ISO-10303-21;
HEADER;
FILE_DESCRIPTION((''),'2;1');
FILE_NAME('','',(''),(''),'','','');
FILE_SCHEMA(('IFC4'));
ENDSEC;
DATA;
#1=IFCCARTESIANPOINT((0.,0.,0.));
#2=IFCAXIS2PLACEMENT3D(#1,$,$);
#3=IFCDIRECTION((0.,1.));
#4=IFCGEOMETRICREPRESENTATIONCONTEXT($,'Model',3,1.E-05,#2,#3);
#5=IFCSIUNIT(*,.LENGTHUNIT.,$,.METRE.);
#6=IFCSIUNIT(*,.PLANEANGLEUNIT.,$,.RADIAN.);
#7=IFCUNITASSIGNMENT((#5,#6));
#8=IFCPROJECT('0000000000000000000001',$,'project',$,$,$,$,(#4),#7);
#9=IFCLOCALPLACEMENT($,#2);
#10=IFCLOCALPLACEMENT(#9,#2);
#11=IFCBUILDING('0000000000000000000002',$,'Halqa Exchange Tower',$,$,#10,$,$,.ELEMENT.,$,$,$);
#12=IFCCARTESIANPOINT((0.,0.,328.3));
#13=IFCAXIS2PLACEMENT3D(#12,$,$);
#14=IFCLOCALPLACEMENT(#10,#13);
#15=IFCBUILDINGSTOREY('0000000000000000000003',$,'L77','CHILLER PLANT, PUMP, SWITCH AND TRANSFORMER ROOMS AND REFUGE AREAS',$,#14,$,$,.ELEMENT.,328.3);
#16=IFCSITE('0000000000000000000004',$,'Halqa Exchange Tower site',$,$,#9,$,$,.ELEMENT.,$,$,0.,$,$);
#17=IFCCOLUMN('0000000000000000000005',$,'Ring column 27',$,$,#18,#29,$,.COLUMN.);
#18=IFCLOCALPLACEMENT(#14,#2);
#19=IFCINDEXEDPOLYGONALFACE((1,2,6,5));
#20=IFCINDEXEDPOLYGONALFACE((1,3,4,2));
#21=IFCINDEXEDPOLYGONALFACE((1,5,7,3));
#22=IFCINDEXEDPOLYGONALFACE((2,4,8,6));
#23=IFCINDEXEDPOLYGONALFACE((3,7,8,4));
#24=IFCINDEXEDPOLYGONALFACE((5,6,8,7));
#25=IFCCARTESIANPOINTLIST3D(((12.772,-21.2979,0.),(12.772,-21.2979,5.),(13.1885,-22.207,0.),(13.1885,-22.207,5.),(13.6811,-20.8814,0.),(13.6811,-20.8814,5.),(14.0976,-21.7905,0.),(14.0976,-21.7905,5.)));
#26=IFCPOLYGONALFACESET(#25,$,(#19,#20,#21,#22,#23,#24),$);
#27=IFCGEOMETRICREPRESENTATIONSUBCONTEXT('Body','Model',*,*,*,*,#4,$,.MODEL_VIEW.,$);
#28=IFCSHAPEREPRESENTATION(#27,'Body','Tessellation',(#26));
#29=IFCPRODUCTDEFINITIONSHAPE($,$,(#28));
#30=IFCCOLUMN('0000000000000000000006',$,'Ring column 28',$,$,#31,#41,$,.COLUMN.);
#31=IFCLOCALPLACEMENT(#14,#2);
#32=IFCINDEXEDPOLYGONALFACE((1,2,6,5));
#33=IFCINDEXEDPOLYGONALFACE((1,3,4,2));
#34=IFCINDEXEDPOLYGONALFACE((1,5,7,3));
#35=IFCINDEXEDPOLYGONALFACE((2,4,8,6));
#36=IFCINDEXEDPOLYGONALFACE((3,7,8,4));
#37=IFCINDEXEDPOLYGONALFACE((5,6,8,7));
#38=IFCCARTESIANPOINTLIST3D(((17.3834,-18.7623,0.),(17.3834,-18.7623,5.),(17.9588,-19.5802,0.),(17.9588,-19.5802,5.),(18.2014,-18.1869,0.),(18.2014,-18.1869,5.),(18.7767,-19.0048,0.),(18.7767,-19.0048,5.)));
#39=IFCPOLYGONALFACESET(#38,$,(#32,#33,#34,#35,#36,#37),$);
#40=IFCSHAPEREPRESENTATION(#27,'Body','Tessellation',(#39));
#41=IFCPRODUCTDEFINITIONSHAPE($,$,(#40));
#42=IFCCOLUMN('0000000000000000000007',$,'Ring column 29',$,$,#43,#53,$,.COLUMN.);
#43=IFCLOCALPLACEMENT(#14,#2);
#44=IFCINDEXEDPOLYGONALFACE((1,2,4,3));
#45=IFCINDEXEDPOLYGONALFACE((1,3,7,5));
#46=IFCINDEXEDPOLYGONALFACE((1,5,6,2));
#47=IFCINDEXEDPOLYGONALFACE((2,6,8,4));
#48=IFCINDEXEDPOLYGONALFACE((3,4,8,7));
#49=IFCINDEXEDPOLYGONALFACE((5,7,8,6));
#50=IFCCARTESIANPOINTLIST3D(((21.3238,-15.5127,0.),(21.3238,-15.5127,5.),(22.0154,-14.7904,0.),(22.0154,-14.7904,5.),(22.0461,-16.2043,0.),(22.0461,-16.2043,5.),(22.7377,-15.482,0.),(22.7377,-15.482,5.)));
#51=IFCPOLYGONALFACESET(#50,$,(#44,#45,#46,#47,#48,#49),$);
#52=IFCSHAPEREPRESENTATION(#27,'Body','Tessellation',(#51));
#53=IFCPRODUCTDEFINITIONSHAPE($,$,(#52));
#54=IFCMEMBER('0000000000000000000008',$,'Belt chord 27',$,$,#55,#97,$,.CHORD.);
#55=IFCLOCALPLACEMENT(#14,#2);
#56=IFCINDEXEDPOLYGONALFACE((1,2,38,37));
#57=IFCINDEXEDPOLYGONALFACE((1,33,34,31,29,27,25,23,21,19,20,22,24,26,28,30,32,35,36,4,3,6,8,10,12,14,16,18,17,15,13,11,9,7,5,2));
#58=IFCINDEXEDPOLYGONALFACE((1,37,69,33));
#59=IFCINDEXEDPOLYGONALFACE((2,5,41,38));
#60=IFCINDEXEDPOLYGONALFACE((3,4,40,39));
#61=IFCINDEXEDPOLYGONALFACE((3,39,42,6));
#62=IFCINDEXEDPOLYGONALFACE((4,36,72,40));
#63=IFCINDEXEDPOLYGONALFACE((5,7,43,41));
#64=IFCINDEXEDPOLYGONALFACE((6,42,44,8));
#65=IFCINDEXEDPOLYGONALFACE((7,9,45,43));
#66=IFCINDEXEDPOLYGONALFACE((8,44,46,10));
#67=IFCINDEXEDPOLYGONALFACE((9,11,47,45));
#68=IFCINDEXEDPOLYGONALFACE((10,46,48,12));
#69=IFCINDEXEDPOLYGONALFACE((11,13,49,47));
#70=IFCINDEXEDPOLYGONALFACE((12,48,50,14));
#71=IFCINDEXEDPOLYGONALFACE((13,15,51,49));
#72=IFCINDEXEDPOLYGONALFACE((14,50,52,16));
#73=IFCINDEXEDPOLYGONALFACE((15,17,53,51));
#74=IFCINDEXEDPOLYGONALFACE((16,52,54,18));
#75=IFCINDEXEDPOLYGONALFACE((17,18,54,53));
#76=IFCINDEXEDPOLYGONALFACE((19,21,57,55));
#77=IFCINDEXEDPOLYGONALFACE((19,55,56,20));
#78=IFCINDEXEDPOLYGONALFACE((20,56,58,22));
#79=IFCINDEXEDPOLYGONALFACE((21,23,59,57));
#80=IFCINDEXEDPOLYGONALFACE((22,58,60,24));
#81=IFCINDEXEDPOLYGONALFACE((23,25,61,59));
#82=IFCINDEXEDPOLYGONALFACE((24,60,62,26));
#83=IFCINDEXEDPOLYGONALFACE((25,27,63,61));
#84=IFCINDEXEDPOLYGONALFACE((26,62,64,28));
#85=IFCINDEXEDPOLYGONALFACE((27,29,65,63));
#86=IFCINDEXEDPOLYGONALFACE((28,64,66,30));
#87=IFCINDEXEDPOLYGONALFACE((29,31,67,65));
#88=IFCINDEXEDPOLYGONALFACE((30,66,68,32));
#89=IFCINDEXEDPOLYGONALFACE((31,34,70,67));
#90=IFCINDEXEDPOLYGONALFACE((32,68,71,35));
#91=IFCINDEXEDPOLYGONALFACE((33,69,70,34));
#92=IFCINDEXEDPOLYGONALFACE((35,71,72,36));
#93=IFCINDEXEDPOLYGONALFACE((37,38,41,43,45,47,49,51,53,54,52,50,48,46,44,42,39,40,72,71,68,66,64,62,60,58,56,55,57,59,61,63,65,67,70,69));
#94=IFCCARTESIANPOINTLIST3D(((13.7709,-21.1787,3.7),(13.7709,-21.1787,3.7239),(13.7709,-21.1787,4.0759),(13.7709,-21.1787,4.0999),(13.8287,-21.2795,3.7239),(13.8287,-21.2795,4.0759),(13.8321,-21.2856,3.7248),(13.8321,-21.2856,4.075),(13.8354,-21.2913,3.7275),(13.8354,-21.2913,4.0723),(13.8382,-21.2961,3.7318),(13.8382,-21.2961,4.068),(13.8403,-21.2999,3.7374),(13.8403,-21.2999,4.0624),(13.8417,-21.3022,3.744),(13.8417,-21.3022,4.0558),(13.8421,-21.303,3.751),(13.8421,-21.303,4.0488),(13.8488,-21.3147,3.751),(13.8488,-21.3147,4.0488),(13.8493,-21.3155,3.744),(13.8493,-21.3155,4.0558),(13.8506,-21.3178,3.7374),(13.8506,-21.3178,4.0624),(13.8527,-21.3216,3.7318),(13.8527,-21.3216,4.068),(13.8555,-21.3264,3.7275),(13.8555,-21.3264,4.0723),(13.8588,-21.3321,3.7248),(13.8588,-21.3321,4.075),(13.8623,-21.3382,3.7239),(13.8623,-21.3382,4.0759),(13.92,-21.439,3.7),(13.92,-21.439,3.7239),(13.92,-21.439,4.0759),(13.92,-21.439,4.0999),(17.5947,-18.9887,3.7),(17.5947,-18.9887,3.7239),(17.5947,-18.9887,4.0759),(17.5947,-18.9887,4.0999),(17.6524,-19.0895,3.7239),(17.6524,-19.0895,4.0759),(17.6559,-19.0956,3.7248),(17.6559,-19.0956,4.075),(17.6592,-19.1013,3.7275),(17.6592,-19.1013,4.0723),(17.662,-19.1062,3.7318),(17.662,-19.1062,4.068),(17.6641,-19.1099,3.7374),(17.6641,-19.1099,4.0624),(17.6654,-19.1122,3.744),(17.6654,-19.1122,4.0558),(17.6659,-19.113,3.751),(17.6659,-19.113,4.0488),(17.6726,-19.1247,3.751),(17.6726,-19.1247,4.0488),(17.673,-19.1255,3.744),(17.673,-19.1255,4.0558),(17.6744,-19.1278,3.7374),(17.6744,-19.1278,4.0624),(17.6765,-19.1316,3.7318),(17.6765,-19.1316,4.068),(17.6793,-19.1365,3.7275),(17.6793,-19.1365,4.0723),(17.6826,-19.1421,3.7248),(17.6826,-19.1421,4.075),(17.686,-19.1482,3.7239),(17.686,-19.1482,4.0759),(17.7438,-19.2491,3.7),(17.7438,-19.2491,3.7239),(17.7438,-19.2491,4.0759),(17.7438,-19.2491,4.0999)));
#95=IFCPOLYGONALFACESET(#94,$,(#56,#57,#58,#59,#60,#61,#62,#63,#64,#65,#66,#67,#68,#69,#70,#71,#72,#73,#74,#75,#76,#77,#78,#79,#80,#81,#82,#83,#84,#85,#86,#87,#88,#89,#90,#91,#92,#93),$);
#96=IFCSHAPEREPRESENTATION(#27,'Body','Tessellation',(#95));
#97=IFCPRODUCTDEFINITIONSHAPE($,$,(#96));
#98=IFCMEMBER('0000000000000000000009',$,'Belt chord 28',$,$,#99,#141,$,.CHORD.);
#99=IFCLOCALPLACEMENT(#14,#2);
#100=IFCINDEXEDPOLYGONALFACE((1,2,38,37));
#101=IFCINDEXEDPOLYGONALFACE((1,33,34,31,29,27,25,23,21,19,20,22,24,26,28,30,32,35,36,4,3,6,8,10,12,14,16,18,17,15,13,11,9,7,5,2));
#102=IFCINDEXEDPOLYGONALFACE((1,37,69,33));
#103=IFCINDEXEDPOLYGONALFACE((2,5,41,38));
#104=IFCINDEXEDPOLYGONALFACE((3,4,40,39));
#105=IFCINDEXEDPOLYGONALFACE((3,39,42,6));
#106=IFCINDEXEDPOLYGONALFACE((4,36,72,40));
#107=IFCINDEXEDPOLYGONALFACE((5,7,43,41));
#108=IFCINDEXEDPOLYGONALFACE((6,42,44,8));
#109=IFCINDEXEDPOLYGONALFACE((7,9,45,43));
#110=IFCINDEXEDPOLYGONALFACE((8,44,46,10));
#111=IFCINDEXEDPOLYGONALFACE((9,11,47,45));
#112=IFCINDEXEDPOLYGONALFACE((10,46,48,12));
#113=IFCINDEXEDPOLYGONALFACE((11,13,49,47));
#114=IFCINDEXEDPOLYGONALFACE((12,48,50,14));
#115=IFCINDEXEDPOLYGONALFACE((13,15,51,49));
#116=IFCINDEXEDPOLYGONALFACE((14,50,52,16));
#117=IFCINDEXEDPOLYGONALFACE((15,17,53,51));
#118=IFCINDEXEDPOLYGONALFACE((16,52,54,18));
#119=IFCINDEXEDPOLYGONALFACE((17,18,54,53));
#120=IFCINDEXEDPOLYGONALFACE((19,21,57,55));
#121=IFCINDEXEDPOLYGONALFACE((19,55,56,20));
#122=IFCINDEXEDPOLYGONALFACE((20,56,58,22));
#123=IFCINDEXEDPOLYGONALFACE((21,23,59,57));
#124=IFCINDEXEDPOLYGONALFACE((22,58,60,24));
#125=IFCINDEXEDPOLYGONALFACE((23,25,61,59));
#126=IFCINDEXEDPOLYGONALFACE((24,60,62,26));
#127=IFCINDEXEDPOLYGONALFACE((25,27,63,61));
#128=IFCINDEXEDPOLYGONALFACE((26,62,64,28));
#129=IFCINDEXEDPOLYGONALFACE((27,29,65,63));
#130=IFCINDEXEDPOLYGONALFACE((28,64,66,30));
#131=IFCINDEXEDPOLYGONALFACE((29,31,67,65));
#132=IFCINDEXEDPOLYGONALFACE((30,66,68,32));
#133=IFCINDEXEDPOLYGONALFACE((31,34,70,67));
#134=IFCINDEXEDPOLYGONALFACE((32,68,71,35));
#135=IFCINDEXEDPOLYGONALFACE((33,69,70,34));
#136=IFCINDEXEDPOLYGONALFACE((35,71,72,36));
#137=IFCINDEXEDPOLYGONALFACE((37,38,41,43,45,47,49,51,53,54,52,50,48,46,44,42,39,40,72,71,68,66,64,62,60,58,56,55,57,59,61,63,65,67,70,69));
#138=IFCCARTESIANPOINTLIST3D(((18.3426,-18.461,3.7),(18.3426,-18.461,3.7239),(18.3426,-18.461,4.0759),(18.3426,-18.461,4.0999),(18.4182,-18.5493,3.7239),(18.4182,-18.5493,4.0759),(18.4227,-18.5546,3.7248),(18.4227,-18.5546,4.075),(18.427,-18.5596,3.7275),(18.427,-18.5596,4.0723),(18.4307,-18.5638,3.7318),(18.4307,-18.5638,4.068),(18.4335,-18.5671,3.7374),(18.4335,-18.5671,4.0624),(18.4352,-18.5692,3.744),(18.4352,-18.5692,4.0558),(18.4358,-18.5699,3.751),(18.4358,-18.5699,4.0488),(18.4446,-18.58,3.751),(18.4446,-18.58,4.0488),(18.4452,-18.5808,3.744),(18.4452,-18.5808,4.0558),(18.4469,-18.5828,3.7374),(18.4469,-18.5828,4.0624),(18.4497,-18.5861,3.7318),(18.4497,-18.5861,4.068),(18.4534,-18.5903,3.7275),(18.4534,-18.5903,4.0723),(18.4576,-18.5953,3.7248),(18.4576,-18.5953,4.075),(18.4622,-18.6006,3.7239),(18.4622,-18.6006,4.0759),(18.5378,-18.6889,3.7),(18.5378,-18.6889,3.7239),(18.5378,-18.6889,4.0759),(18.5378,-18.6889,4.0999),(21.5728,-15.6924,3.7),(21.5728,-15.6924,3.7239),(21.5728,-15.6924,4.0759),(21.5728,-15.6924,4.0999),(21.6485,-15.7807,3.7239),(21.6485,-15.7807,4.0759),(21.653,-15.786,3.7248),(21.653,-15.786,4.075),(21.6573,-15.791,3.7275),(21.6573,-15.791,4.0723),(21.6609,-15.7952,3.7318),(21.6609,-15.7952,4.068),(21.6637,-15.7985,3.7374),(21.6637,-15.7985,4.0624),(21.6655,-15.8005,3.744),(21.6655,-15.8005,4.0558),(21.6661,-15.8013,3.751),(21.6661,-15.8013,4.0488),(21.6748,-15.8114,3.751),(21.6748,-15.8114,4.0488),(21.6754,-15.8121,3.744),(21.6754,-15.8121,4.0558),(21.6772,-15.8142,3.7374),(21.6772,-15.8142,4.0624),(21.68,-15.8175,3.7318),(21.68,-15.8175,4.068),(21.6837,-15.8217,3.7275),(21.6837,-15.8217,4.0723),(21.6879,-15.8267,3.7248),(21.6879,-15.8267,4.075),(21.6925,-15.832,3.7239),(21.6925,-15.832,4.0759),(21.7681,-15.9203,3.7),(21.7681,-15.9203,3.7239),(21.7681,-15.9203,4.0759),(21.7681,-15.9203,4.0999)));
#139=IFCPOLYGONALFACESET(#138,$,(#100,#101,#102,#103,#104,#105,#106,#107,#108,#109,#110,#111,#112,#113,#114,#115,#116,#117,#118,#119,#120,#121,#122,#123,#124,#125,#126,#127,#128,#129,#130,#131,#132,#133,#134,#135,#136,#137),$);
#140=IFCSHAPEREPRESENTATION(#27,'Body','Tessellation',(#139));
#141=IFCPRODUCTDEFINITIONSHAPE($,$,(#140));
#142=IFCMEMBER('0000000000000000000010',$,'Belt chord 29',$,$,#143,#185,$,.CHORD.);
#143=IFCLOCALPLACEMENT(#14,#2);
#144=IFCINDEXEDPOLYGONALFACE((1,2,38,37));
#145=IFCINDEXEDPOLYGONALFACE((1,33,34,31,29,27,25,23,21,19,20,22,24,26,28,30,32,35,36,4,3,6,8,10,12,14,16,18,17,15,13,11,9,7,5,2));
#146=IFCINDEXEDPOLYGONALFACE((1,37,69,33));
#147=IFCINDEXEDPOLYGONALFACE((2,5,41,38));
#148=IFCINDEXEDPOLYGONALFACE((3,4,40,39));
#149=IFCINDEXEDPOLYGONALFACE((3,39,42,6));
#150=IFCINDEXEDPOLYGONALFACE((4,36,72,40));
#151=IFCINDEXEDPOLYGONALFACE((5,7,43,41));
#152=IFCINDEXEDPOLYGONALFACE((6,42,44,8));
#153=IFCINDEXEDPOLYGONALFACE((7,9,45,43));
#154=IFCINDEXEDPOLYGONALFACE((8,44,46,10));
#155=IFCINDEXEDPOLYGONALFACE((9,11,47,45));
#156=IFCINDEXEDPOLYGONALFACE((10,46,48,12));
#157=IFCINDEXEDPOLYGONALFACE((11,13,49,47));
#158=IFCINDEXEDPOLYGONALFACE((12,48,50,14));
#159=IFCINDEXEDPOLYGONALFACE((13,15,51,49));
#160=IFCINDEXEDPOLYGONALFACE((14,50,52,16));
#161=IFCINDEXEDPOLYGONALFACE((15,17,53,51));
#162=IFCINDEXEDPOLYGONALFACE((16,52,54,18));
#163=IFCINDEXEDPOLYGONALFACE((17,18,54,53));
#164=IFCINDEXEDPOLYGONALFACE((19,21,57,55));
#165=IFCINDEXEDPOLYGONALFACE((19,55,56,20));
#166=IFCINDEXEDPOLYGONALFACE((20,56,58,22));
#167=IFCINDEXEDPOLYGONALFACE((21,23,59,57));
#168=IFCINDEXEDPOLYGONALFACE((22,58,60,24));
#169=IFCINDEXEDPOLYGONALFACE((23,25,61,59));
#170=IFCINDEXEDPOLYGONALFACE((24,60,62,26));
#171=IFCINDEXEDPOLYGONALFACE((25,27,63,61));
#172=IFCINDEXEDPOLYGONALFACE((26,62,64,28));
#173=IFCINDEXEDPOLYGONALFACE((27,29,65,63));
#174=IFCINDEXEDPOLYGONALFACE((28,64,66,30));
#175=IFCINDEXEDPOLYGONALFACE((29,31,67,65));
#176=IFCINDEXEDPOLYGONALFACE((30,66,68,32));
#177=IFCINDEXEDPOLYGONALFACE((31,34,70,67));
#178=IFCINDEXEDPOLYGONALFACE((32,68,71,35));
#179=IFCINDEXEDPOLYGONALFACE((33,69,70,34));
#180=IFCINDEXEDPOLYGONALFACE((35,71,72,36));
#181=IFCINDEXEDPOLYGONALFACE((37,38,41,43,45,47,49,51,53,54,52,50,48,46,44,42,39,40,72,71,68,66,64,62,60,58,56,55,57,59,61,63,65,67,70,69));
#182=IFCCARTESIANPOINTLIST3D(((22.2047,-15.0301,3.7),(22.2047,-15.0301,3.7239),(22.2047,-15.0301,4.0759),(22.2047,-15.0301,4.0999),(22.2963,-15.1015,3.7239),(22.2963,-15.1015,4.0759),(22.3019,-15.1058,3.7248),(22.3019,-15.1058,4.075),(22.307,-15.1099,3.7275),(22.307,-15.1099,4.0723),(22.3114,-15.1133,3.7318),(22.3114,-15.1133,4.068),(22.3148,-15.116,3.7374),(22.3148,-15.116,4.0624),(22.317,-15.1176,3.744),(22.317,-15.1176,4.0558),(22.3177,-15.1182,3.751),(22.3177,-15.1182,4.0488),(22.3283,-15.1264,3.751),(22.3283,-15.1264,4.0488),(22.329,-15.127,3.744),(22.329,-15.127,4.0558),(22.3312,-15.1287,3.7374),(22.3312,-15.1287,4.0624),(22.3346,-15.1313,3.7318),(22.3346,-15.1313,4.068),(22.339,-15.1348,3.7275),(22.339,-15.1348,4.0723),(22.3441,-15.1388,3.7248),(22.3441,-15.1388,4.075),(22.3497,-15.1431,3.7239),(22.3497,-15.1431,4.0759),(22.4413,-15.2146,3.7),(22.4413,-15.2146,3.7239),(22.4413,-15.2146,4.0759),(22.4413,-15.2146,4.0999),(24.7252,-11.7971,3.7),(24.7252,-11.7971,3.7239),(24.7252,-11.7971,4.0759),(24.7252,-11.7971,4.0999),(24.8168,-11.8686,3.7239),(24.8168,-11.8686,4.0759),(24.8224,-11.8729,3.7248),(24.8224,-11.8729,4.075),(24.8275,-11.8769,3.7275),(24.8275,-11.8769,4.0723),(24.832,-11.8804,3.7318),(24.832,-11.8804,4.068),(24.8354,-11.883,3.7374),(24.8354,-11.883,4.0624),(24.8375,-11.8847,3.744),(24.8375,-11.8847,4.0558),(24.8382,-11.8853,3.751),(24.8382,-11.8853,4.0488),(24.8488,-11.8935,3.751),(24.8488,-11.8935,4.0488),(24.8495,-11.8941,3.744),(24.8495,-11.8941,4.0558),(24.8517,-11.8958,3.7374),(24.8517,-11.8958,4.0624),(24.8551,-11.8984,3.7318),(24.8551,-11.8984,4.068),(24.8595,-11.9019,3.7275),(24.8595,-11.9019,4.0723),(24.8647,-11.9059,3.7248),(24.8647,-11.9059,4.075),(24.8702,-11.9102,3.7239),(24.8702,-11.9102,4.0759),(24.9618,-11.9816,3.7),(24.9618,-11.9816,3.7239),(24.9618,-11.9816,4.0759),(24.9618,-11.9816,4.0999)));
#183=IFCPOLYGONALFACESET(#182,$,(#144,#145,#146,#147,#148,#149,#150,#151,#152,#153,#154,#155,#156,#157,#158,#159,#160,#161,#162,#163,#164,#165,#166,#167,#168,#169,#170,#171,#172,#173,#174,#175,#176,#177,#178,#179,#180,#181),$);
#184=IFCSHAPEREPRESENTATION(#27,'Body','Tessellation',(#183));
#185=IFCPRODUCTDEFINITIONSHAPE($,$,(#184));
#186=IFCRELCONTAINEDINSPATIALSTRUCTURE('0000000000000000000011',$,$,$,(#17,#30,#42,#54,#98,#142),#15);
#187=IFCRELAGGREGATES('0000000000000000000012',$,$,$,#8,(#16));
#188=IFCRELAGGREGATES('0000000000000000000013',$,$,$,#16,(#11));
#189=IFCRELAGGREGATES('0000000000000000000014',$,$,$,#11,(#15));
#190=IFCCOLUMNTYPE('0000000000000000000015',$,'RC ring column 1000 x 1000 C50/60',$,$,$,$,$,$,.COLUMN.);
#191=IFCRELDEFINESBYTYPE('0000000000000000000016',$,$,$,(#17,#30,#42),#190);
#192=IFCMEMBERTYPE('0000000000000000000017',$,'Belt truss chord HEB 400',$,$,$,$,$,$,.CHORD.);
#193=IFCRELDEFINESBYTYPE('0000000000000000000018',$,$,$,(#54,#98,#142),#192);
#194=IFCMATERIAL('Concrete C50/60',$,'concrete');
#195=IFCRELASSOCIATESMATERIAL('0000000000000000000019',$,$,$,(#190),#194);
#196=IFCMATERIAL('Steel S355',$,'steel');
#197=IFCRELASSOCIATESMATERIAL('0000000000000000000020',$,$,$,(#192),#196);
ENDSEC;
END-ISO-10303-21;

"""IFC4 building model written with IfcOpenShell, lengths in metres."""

from ifc_helpers import new_model, si_unit, direction, frame, origin, origin_2d, place, context, subcontext, project, spatial, rectangle, i_section, extrude, material, material_profile, profile_set, type_object, element, save


model = new_model("IFC4")

# Units and contexts
model_context = context("Model", 3, precision=1e-05, world=origin(), true_north=direction((0.0, 1.0)))
body_context = subcontext(model_context, "Body", "Model", "MODEL_VIEW")
ifc_project = project(units=[si_unit("LENGTHUNIT", "METRE"), si_unit("PLANEANGLEUNIT", "RADIAN")], contexts=[model_context])

# Site, building, storey
site_placement = place(None, origin())
site = spatial("IfcSite", under=ifc_project, at=site_placement, Name="Halqa Exchange Tower site", CompositionType="ELEMENT", RefElevation=0.0)
building_placement = place(site_placement, origin())
building = spatial("IfcBuilding", under=site, at=building_placement, Name="Halqa Exchange Tower", CompositionType="ELEMENT")
storey_placement = place(building_placement, frame((0.0, 0.0, 328.3)))
storey = spatial("IfcBuildingStorey", under=building, at=storey_placement, Name="L77", Description="CHILLER PLANT, PUMP, SWITCH AND TRANSFORMER ROOMS AND REFUGE AREAS", CompositionType="ELEMENT", Elevation=328.3)

# Columns
ifc_material_1 = material(Name="Concrete C50/60", Category="concrete")
ifc_material_profile_1 = material_profile(ifc_material_1, rectangle(XDim=1.0, YDim=1.0, at=origin_2d()), Name="1000 x 1000")
ifc_profile_set_1 = profile_set([ifc_material_profile_1], Name="Concrete C50/60")
column_type = type_object("IfcColumnType", Name="RC ring column 1000 x 1000 C50/60", PredefinedType="COLUMN", material=ifc_profile_set_1)
for number, where, z_axis, x_axis, name in (
    (1, (13.4348, -21.5442, 0.0), (0.0, 0.0, 1.0), (0.909129, 0.416516, 0.0), "Ring column 27"),
    (2, (18.0801, -18.8835, 0.0), (0.0, 0.0, 1.0), (0.817907, 0.575351, 0.0), "Ring column 28"),
    (3, (22.0308, -15.4973, 0.0), (0.0, 0.0, 1.0), (0.691579, 0.722301, 0.0), "Ring column 29"),
):
    element("IfcColumn", number, at=place(storey_placement, frame(where, z_axis=z_axis, x_axis=x_axis)), inside=storey, type_object=column_type, Name=name, PredefinedType="COLUMN", context=body_context, shape_type="SweptSolid", body=[
        extrude(rectangle(XDim=1.0, YDim=1.0, at=origin_2d()), origin(), (0.0, 0.0, 1.0), 5.0),
    ])

# Members
ifc_material_2 = material(Name="Steel S355", Category="steel")
ifc_material_profile_2 = material_profile(ifc_material_2, i_section(OverallWidth=0.3, OverallDepth=0.3999, WebThickness=0.0134, FlangeThickness=0.0239, FilletRadius=0.0271, at=origin_2d()), Name="HEB 400")
ifc_profile_set_2 = profile_set([ifc_material_profile_2], Name="Steel S355")
member_type_1 = type_object("IfcMemberType", Name="Belt truss chord HEB 400", PredefinedType="CHORD", material=ifc_profile_set_2)
member_1_placement = place(storey_placement, frame((13.8455, -21.3088, 3.8999), z_axis=(0.867759, 0.496986, 0.0), x_axis=(-0.496986, 0.867759, 0.0)))
element("IfcMember", 4, at=member_1_placement, inside=storey, type_object=member_type_1, Name="Belt chord 27", PredefinedType="CHORD", context=body_context, shape_type="SweptSolid", body=[
    extrude(i_section(OverallWidth=0.3, OverallDepth=0.3999, WebThickness=0.0134, FlangeThickness=0.0239, FilletRadius=0.0271, at=origin_2d()), origin(), (0.0, 0.0, 1.0), 4.4065),
])
member_2_placement = place(storey_placement, frame((18.4402, -18.575, 3.8999), z_axis=(0.759281, 0.650763, 0.0), x_axis=(-0.650763, 0.759281, 0.0)))
element("IfcMember", 5, at=member_2_placement, inside=storey, type_object=member_type_1, Name="Belt chord 28", PredefinedType="CHORD", context=body_context, shape_type="SweptSolid", body=[
    extrude(i_section(OverallWidth=0.3, OverallDepth=0.3999, WebThickness=0.0134, FlangeThickness=0.0239, FilletRadius=0.0271, at=origin_2d()), origin(), (0.0, 0.0, 1.0), 4.2544),
])
member_3_placement = place(storey_placement, frame((22.323, -15.1223, 3.8999), z_axis=(0.614856, 0.78864, 0.0), x_axis=(-0.78864, 0.614856, 0.0)))
element("IfcMember", 6, at=member_3_placement, inside=storey, type_object=member_type_1, Name="Belt chord 29", PredefinedType="CHORD", context=body_context, shape_type="SweptSolid", body=[
    extrude(i_section(OverallWidth=0.3, OverallDepth=0.3999, WebThickness=0.0134, FlangeThickness=0.0239, FilletRadius=0.0271, at=origin_2d()), origin(), (0.0, 0.0, 1.0), 4.0994),
])

save(model, "model.ifc")
